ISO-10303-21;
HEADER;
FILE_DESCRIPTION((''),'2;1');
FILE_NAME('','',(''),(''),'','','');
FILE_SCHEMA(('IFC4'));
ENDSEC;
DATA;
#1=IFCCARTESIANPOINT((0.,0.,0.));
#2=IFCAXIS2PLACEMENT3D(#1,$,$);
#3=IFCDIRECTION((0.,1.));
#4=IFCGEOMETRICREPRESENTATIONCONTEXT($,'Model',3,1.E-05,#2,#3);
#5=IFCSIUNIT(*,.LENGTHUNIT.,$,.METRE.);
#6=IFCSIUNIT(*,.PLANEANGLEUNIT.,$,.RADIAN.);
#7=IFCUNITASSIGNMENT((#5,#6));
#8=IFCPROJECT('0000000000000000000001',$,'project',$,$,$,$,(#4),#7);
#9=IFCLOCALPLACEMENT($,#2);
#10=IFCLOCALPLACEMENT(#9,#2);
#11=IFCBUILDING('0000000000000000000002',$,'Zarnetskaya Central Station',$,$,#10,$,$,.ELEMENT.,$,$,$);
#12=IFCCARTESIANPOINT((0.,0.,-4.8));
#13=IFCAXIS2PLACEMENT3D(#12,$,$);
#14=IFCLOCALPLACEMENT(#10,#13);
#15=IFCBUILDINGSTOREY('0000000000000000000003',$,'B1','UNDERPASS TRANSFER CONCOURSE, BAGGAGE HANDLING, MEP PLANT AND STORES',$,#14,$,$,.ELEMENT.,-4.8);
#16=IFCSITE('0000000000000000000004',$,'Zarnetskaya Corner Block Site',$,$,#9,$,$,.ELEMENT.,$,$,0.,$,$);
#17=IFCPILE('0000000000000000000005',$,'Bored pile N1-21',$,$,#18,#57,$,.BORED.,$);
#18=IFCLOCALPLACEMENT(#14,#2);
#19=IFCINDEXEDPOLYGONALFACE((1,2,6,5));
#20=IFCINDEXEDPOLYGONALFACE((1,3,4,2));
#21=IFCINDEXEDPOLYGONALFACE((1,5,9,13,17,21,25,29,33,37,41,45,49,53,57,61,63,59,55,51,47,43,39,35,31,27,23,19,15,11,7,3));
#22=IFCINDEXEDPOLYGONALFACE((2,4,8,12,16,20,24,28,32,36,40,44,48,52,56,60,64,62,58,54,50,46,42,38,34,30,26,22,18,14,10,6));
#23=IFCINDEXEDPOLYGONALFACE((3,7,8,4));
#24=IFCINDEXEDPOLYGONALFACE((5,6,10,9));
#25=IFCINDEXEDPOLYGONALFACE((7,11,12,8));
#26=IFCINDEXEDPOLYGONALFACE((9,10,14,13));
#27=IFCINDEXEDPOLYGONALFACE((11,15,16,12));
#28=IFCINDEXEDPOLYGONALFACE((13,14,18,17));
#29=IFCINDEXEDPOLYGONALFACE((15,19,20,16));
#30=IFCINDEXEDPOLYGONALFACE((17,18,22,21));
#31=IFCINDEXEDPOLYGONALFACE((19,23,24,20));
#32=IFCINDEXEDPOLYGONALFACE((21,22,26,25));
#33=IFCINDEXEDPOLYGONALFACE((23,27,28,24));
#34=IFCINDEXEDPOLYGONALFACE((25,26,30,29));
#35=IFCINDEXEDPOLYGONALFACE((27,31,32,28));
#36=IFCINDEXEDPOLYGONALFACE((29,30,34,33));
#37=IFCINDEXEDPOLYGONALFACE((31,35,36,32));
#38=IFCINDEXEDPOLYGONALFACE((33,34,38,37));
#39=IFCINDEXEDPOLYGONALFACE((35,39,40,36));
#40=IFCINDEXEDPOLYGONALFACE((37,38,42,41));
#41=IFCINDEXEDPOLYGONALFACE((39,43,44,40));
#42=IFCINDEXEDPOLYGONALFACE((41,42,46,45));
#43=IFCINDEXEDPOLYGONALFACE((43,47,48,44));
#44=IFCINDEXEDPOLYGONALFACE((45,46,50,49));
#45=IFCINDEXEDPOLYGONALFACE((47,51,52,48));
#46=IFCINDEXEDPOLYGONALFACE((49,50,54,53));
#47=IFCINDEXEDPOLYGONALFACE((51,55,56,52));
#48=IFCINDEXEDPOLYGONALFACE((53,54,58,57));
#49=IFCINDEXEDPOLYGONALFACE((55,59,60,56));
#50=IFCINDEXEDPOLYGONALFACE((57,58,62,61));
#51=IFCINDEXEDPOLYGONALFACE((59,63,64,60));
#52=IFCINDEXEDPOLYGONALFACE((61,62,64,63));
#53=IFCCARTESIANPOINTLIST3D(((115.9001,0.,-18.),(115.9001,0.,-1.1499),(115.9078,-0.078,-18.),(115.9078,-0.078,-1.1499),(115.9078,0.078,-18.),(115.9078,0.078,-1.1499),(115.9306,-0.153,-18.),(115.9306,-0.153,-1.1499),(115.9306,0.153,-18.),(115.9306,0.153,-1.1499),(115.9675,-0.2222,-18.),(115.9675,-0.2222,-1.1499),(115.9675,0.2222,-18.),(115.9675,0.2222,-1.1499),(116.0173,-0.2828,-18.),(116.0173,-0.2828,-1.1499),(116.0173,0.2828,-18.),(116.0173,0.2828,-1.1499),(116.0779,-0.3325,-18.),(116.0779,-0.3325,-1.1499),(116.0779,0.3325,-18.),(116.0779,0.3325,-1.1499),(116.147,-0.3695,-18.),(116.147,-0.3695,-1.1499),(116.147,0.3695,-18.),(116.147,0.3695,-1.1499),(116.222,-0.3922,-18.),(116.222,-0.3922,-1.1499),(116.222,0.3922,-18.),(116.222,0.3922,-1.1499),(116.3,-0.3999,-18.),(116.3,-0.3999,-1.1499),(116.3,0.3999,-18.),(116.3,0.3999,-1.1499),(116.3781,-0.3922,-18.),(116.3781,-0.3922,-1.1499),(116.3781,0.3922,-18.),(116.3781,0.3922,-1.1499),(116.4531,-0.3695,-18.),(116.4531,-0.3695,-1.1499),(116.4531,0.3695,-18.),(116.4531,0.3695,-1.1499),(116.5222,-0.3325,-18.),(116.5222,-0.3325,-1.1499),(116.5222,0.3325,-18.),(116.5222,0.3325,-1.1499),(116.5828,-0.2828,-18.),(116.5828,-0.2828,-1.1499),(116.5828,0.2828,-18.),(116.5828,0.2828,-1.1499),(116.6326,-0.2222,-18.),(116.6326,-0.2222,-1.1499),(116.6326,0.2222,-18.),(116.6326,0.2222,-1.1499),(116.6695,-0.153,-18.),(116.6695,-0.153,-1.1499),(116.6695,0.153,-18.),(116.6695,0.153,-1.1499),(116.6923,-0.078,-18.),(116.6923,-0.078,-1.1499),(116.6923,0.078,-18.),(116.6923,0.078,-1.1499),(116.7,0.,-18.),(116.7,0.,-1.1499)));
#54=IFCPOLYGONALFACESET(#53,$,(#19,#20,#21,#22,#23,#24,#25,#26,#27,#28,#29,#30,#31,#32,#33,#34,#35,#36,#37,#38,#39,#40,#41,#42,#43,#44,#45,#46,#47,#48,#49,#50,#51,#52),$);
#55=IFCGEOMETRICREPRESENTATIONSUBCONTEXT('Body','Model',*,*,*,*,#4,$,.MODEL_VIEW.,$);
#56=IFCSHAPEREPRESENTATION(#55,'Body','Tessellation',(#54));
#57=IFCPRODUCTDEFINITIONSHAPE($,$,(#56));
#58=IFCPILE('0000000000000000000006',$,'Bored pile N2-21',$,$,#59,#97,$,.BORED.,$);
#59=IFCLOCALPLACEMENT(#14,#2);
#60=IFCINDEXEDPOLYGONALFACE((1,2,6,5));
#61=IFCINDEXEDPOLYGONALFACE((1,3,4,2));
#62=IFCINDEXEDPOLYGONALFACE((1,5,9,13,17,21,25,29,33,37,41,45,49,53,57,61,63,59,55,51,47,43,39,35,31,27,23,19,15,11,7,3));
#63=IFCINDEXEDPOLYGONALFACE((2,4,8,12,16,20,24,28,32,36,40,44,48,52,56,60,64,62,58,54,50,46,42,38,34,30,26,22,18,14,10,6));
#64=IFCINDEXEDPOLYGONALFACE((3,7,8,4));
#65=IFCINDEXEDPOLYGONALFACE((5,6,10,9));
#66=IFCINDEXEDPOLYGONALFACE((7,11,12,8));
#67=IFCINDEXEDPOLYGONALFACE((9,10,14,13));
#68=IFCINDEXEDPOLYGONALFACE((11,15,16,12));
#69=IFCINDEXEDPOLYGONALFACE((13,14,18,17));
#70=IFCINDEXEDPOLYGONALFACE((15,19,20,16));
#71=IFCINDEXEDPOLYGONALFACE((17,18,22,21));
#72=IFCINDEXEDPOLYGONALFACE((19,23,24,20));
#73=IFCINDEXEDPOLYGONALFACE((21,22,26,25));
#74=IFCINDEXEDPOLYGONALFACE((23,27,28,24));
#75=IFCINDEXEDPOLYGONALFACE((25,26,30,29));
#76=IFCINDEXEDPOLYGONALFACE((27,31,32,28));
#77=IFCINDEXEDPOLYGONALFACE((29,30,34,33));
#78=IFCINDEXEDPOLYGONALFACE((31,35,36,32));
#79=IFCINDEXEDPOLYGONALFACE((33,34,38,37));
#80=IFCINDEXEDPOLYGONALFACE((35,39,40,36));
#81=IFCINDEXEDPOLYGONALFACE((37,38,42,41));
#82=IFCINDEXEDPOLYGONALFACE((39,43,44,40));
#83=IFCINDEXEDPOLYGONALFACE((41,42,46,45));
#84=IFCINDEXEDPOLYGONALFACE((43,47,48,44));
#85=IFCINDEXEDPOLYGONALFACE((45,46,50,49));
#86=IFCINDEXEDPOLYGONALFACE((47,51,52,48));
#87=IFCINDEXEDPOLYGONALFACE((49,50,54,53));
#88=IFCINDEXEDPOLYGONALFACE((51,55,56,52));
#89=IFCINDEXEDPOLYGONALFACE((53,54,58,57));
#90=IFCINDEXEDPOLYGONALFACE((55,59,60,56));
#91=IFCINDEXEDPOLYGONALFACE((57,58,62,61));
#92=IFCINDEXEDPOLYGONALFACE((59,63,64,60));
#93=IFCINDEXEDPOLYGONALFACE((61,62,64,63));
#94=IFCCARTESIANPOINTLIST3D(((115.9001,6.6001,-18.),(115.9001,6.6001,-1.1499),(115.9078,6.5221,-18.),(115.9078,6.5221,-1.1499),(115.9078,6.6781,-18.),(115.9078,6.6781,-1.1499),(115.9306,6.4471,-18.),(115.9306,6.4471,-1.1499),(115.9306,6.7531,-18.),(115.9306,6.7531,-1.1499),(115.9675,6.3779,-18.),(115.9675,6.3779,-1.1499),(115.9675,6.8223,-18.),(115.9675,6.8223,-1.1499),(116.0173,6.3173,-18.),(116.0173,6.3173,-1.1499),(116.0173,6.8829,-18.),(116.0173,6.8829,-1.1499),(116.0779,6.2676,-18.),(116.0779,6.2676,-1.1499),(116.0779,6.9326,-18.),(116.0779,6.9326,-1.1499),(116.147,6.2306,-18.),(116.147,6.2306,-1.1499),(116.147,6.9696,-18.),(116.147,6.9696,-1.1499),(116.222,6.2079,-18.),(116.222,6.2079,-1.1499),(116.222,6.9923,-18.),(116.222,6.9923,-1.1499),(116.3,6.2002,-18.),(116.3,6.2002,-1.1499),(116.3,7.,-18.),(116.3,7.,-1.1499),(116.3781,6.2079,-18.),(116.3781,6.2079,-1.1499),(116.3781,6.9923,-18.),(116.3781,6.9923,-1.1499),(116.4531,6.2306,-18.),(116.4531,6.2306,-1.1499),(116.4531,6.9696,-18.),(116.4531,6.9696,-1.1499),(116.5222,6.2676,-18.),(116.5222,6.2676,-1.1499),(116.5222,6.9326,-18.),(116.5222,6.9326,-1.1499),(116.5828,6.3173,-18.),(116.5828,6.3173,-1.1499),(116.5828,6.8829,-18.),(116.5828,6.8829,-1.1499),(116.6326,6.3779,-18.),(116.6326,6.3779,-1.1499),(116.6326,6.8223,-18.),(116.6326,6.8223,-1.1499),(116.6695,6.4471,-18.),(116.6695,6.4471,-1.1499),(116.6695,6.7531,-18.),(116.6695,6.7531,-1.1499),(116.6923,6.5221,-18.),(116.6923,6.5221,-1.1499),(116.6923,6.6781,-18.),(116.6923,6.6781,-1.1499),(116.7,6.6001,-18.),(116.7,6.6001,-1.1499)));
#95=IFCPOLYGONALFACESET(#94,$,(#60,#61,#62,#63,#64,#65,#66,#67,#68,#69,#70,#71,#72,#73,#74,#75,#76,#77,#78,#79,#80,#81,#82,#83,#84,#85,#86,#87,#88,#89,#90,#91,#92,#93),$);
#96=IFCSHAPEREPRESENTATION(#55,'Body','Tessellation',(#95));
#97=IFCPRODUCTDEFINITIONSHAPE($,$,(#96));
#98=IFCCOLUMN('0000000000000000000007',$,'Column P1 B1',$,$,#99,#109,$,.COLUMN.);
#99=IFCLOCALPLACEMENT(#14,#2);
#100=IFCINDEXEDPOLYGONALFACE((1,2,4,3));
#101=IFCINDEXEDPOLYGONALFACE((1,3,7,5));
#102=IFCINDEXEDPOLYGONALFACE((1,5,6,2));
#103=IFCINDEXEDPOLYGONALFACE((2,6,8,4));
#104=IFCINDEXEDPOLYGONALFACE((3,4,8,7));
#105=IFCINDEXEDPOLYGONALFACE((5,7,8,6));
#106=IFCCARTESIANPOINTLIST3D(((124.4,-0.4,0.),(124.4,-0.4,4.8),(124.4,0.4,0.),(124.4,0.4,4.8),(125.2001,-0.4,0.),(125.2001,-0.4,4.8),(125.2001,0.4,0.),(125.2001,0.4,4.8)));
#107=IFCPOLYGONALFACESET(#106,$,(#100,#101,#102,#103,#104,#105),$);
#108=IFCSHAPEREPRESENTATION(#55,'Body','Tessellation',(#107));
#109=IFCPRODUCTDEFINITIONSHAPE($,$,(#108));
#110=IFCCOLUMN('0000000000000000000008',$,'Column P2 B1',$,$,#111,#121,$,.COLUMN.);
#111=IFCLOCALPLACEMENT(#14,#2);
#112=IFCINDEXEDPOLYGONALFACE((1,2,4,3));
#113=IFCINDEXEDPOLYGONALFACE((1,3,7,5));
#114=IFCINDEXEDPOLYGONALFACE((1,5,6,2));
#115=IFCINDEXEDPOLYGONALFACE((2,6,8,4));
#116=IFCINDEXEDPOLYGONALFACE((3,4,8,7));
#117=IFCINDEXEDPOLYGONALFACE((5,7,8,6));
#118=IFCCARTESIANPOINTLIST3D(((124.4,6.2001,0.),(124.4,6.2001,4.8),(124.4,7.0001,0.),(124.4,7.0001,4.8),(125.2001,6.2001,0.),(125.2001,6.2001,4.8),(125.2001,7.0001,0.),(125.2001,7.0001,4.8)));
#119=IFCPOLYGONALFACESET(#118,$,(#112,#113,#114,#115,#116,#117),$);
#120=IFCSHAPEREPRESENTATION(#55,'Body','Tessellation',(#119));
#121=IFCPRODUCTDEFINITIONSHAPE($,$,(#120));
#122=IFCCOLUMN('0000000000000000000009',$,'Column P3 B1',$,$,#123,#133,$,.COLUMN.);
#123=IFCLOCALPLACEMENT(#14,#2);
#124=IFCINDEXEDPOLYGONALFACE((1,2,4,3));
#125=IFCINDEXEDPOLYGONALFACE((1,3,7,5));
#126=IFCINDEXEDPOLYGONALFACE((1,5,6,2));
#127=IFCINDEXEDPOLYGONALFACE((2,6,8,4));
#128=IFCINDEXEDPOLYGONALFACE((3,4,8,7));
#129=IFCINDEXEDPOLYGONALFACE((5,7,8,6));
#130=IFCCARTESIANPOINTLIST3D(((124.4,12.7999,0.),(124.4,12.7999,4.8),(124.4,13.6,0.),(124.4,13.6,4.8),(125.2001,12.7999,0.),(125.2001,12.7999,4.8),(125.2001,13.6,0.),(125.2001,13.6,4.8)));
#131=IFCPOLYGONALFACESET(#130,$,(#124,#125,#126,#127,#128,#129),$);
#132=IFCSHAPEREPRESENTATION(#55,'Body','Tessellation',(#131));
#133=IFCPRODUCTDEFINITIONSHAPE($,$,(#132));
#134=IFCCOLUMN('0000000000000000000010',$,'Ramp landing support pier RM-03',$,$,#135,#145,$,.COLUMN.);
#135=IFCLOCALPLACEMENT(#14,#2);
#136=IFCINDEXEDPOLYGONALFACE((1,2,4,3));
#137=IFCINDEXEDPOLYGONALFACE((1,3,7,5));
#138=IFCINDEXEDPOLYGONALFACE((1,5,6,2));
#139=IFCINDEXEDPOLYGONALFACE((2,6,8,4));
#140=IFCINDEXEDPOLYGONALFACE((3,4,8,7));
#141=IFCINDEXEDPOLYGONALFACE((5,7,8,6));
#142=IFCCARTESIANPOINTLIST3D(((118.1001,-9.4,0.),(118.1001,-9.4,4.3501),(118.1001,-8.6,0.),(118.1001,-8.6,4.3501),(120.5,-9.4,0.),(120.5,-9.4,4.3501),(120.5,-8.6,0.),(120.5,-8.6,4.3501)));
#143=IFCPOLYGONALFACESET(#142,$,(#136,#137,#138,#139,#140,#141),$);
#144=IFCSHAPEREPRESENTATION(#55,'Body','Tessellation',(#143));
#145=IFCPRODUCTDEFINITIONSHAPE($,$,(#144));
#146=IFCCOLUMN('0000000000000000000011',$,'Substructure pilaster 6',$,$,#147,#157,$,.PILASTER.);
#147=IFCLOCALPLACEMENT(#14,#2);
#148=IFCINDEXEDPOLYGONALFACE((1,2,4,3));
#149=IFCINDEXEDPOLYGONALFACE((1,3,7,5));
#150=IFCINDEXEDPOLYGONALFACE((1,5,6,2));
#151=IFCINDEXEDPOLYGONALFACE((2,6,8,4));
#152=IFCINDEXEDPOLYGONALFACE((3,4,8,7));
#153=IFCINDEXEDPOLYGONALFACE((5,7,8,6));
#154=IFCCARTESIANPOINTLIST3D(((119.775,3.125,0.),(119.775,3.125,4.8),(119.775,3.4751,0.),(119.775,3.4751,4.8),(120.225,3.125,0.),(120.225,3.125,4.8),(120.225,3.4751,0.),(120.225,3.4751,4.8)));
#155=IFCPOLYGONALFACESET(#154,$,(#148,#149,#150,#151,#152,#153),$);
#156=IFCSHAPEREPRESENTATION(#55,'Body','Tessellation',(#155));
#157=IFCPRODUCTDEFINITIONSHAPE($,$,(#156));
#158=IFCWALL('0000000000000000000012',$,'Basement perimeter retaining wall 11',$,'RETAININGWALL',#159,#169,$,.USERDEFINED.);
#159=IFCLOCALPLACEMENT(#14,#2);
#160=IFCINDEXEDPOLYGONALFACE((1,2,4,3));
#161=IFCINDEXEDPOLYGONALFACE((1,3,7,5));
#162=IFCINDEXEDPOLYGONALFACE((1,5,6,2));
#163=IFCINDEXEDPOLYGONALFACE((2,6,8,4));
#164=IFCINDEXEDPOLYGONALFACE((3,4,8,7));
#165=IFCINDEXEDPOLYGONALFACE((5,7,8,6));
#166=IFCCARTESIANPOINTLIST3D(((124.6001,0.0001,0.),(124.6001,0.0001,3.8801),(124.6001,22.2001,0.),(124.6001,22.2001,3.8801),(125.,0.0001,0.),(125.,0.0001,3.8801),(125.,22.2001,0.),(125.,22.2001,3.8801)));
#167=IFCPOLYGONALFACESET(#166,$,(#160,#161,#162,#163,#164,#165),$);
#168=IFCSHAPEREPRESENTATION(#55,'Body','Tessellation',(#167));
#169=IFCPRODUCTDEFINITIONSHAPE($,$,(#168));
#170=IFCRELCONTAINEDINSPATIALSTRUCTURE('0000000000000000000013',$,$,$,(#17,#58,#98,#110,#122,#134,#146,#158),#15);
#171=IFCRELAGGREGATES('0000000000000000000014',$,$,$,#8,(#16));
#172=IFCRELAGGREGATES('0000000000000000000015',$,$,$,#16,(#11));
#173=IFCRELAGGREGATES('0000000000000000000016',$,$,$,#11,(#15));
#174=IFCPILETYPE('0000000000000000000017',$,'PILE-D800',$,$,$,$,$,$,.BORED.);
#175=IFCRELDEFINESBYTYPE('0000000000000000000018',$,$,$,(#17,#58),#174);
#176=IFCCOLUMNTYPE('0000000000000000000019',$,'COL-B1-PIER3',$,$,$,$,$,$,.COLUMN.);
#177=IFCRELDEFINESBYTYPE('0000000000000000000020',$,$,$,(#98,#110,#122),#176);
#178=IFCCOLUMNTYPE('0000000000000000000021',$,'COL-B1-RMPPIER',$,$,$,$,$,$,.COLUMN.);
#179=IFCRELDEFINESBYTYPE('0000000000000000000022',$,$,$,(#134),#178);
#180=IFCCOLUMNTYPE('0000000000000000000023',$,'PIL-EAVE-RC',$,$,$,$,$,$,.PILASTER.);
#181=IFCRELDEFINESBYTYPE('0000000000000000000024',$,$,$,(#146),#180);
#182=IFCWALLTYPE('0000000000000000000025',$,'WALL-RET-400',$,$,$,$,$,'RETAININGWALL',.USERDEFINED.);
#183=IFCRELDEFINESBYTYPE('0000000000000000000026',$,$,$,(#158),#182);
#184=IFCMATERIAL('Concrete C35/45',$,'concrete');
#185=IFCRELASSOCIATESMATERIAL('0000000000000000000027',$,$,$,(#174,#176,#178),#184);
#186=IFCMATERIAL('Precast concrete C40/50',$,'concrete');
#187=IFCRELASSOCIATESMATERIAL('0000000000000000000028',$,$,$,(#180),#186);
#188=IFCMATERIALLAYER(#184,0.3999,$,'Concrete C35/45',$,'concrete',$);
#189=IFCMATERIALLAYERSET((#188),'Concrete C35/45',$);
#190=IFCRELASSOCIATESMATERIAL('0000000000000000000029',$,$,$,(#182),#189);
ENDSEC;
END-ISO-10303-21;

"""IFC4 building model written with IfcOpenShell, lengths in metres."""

from ifc_helpers import new_model, si_unit, direction, frame, frame_2d, origin, origin_2d, place, context, subcontext, project, spatial, rectangle, circle, extrude, material, layer, layer_set, material_profile, profile_set, type_object, element, save


model = new_model("IFC4")

# Units and contexts
model_context = context("Model", 3, precision=1e-05, world=origin(), true_north=direction((0.0, 1.0)))
body_context = subcontext(model_context, "Body", "Model", "MODEL_VIEW")
ifc_project = project(units=[si_unit("LENGTHUNIT", "METRE"), si_unit("PLANEANGLEUNIT", "RADIAN")], contexts=[model_context])

# Site, building, storey
site_placement = place(None, origin())
site = spatial("IfcSite", under=ifc_project, at=site_placement, Name="Zarnetskaya Corner Block Site", CompositionType="ELEMENT", RefElevation=0.0)
building_placement = place(site_placement, origin())
building = spatial("IfcBuilding", under=site, at=building_placement, Name="Zarnetskaya Central Station", CompositionType="ELEMENT")
storey_placement = place(building_placement, frame((0.0, 0.0, -4.8)))
storey = spatial("IfcBuildingStorey", under=building, at=storey_placement, Name="B1", Description="UNDERPASS TRANSFER CONCOURSE, BAGGAGE HANDLING, MEP PLANT AND STORES", CompositionType="ELEMENT", Elevation=-4.8)

# Shared definitions
ifc_material_1 = material(Name="Concrete C35/45", Category="concrete")

# Piles
ifc_material_profile_1 = material_profile(ifc_material_1, circle(Radius=0.3999, at=origin_2d()), Name="BORED PILE D800")
ifc_profile_set_1 = profile_set([ifc_material_profile_1], Name="Concrete C35/45")
pile_type_1 = type_object("IfcPileType", Name="PILE-D800", PredefinedType="BORED", material=ifc_profile_set_1)
for number, where, z_axis, x_axis, name in (
    (1, (116.3, 0.0, -1.1499), (0.0, 0.0, -1.0), (1.0, 0.0, 0.0), "Bored pile N1-21"),
    (2, (116.3, 6.6001, -1.1499), (0.0, 0.0, -1.0), (1.0, 0.0, 0.0), "Bored pile N2-21"),
):
    element("IfcPile", number, at=place(storey_placement, frame(where, z_axis=z_axis, x_axis=x_axis)), inside=storey, type_object=pile_type_1, Name=name, PredefinedType="BORED", context=body_context, shape_type="SweptSolid", body=[
        extrude(circle(Radius=0.3999, at=origin_2d()), origin(), (0.0, 0.0, 1.0), 16.8501),
    ])

# Columns
ifc_material_profile_2 = material_profile(ifc_material_1, rectangle(XDim=0.8, YDim=0.8, at=origin_2d()), Name="RC 800x800")
ifc_profile_set_2 = profile_set([ifc_material_profile_2], Name="Concrete C35/45")
column_type_1 = type_object("IfcColumnType", Name="COL-B1-PIER3", PredefinedType="COLUMN", material=ifc_profile_set_2)
for number, where, z_axis, x_axis, name in (
    (3, (124.8, 0.0, 0.0), (0.0, 0.0, 1.0), (1.0, 0.0, 0.0), "Column P1 B1"),
    (4, (124.8, 6.6001, 0.0), (0.0, 0.0, 1.0), (1.0, 0.0, 0.0), "Column P2 B1"),
    (5, (124.8, 13.2, 0.0), (0.0, 0.0, 1.0), (1.0, 0.0, 0.0), "Column P3 B1"),
):
    element("IfcColumn", number, at=place(storey_placement, frame(where, z_axis=z_axis, x_axis=x_axis)), inside=storey, type_object=column_type_1, Name=name, PredefinedType="COLUMN", context=body_context, shape_type="SweptSolid", body=[
        extrude(rectangle(XDim=0.8, YDim=0.8, at=origin_2d()), origin(), (0.0, 0.0, 1.0), 4.8),
    ])
ifc_material_profile_3 = material_profile(ifc_material_1, rectangle(XDim=2.3999, YDim=0.8, at=origin_2d()), Name="RC PIER 2400x800")
ifc_profile_set_3 = profile_set([ifc_material_profile_3], Name="Concrete C35/45")
column_type_2 = type_object("IfcColumnType", Name="COL-B1-RMPPIER", PredefinedType="COLUMN", material=ifc_profile_set_3)
column_1_placement = place(storey_placement, frame((119.3, -9.0, 0.0), z_axis=(0.0, 0.0, 1.0), x_axis=(1.0, 0.0, 0.0)))
element("IfcColumn", 6, at=column_1_placement, inside=storey, type_object=column_type_2, Name="Ramp landing support pier RM-03", PredefinedType="COLUMN", context=body_context, shape_type="SweptSolid", body=[
    extrude(rectangle(XDim=2.3999, YDim=0.8, at=origin_2d()), origin(), (0.0, 0.0, 1.0), 4.3501),
])
ifc_material_2 = material(Name="Precast concrete C40/50", Category="concrete")
ifc_material_profile_4 = material_profile(ifc_material_2, rectangle(XDim=0.45, YDim=0.3501, at=origin_2d()), Name="RC PILASTER 450x350")
ifc_profile_set_4 = profile_set([ifc_material_profile_4], Name="Precast concrete C40/50")
column_type_3 = type_object("IfcColumnType", Name="PIL-EAVE-RC", PredefinedType="PILASTER", material=ifc_profile_set_4)
column_2_placement = place(storey_placement, frame((120.0, 3.3, 0.0), z_axis=(0.0, 0.0, 1.0), x_axis=(1.0, 0.0, 0.0)))
element("IfcColumn", 7, at=column_2_placement, inside=storey, type_object=column_type_3, Name="Substructure pilaster 6", PredefinedType="PILASTER", context=body_context, shape_type="SweptSolid", body=[
    extrude(rectangle(XDim=0.45, YDim=0.3501, at=origin_2d()), origin(), (0.0, 0.0, 1.0), 4.8),
])

# Wall
ifc_layer = layer(ifc_material_1, 0.3999, Name="Concrete C35/45", Category="concrete")
ifc_layer_set = layer_set([ifc_layer], Name="Concrete C35/45")
wall_type = type_object("IfcWallType", Name="WALL-RET-400", ElementType="RETAININGWALL", PredefinedType="USERDEFINED", material=ifc_layer_set)
wall_placement = place(storey_placement, frame((124.8, 0.0, 0.0), z_axis=(0.0, 0.0, 1.0), x_axis=(0.0, 1.0, 0.0)))
element("IfcWall", 8, at=wall_placement, inside=storey, type_object=wall_type, Name="Basement perimeter retaining wall 11", ObjectType="RETAININGWALL", PredefinedType="USERDEFINED", context=body_context, shape_type="SweptSolid", body=[
    extrude(rectangle(XDim=22.2, YDim=0.3999, at=frame_2d((11.1001, 0.0))), origin(), (0.0, 0.0, 1.0), 3.8801),
])

save(model, "model.ifc")
